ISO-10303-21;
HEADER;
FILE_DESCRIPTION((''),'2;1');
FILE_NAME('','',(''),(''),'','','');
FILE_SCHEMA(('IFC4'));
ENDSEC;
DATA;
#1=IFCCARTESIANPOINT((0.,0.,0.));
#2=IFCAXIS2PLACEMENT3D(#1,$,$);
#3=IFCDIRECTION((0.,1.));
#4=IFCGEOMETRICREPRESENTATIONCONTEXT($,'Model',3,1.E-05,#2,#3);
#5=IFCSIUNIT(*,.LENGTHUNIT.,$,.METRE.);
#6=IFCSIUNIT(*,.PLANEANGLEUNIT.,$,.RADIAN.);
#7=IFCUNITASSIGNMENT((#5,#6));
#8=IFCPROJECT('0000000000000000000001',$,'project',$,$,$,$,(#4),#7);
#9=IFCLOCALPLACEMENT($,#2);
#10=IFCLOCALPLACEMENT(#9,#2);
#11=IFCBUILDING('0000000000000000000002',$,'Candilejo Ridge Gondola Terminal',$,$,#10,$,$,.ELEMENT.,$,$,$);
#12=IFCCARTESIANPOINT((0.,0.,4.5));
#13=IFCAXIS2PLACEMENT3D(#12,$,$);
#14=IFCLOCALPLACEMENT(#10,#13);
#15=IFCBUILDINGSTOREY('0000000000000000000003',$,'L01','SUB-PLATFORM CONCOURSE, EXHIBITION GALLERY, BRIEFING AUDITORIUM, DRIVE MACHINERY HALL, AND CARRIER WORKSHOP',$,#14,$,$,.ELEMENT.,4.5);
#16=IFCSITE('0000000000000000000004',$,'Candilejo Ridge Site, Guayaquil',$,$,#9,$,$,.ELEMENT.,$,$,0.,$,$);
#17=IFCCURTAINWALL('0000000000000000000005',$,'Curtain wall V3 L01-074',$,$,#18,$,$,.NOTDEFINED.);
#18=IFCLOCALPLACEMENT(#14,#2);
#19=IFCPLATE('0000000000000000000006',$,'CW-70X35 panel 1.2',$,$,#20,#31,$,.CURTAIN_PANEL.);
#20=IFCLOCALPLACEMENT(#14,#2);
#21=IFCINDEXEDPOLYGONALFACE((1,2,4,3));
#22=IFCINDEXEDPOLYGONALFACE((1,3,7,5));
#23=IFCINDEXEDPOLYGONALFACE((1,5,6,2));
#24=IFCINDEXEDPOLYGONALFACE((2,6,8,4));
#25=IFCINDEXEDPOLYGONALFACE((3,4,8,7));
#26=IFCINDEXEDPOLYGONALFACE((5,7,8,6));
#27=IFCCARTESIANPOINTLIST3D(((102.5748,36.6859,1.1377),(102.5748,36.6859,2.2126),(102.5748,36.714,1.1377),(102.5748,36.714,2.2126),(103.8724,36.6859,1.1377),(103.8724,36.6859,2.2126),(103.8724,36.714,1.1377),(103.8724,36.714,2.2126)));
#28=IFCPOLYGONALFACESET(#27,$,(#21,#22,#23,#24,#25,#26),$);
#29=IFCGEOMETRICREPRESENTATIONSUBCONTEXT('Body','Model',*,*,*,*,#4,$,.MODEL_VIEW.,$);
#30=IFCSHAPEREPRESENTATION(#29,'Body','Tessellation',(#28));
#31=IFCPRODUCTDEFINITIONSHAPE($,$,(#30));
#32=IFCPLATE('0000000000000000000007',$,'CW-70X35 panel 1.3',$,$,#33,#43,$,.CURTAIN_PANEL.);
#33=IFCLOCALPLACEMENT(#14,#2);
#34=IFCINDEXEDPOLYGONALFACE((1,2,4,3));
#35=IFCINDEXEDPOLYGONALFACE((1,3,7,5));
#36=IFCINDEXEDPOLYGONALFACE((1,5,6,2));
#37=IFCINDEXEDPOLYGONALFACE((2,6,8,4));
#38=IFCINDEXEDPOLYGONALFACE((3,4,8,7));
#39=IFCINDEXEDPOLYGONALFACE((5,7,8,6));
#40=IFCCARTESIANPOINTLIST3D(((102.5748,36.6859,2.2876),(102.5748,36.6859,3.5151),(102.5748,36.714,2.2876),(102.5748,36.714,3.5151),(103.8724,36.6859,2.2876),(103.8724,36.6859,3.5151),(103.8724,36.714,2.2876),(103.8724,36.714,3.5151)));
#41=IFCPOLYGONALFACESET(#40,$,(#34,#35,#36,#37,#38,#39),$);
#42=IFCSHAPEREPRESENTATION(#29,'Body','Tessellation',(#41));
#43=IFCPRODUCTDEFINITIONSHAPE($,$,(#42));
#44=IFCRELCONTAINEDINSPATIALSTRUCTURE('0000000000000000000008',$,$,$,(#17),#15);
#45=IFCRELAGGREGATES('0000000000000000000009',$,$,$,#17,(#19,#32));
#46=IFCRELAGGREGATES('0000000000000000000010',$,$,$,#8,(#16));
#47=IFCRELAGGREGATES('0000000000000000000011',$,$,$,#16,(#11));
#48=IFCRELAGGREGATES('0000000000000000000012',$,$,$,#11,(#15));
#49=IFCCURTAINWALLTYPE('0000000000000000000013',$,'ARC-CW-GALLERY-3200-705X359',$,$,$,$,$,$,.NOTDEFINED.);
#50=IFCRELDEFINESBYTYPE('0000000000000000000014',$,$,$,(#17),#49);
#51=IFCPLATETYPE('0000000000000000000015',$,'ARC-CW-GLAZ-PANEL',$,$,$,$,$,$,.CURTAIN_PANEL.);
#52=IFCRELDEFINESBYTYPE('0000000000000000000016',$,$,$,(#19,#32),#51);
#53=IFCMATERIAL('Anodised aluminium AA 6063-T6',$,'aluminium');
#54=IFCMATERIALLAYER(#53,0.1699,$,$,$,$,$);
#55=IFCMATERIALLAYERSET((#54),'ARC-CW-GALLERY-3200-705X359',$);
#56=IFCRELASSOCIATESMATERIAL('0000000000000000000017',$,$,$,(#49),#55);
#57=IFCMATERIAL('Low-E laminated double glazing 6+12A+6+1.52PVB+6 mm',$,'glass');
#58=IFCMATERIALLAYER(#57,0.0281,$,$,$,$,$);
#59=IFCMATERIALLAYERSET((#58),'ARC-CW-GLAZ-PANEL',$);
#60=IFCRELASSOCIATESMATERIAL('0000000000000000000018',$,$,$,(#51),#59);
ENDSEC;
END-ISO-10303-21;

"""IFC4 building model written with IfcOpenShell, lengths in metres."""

from ifc_helpers import new_model, si_unit, direction, frame, origin, origin_2d, place, context, subcontext, project, spatial, rectangle, extrude, material, layer, layer_set, type_object, element, aggregate, save


model = new_model("IFC4")

# Units and contexts
model_context = context("Model", 3, precision=1e-05, world=origin(), true_north=direction((0.0, 1.0)))
body_context = subcontext(model_context, "Body", "Model", "MODEL_VIEW")
ifc_project = project(units=[si_unit("LENGTHUNIT", "METRE"), si_unit("PLANEANGLEUNIT", "RADIAN")], contexts=[model_context])

# Site, building, storey
site_placement = place(None, origin())
site = spatial("IfcSite", under=ifc_project, at=site_placement, Name="Candilejo Ridge Site, Guayaquil", CompositionType="ELEMENT", RefElevation=0.0)
building_placement = place(site_placement, origin())
building = spatial("IfcBuilding", under=site, at=building_placement, Name="Candilejo Ridge Gondola Terminal", CompositionType="ELEMENT")
storey_placement = place(building_placement, frame((0.0, 0.0, 4.5)))
storey = spatial("IfcBuildingStorey", under=building, at=storey_placement, Name="L01", Description="SUB-PLATFORM CONCOURSE, EXHIBITION GALLERY, BRIEFING AUDITORIUM, DRIVE MACHINERY HALL, AND CARRIER WORKSHOP", CompositionType="ELEMENT", Elevation=4.5)

# Curtain wall
ifc_material_1 = material(Name="Anodised aluminium AA 6063-T6", Category="aluminium")
ifc_layer_1 = layer(ifc_material_1, 0.1699)
ifc_layer_set_1 = layer_set([ifc_layer_1], Name="ARC-CW-GALLERY-3200-705X359")
curtain_wall_type_1 = type_object("IfcCurtainWallType", Name="ARC-CW-GALLERY-3200-705X359", PredefinedType="NOTDEFINED", material=ifc_layer_set_1)
curtain_wall_1_placement = place(storey_placement, origin())
curtain_wall_1 = element("IfcCurtainWall", 1, at=curtain_wall_1_placement, inside=storey, type_object=curtain_wall_type_1, Name="Curtain wall V3 L01-074", PredefinedType="NOTDEFINED")

# Plates
ifc_material_2 = material(Name="Low-E laminated double glazing 6+12A+6+1.52PVB+6 mm", Category="glass")
ifc_layer_2 = layer(ifc_material_2, 0.0281)
ifc_layer_set_2 = layer_set([ifc_layer_2], Name="ARC-CW-GLAZ-PANEL")
plate_type = type_object("IfcPlateType", Name="ARC-CW-GLAZ-PANEL", PredefinedType="CURTAIN_PANEL", material=ifc_layer_set_2)
plate_1_placement = place(storey_placement, frame((103.2236, 36.7, 1.1377), z_axis=(0.0, 0.0, 1.0), x_axis=(1.0, 0.0, 0.0)))
plate_1 = element("IfcPlate", 2, at=plate_1_placement, type_object=plate_type, Name="CW-70X35 panel 1.2", PredefinedType="CURTAIN_PANEL", context=body_context, shape_type="SweptSolid", body=[
    extrude(rectangle(XDim=1.2976, YDim=0.0281, at=origin_2d()), origin(), (0.0, 0.0, 1.0), 1.075),
])
plate_2_placement = place(storey_placement, frame((103.2236, 36.7, 2.2876), z_axis=(0.0, 0.0, 1.0), x_axis=(1.0, 0.0, 0.0)))
plate_2 = element("IfcPlate", 3, at=plate_2_placement, type_object=plate_type, Name="CW-70X35 panel 1.3", PredefinedType="CURTAIN_PANEL", context=body_context, shape_type="SweptSolid", body=[
    extrude(rectangle(XDim=1.2976, YDim=0.0281, at=origin_2d()), origin(), (0.0, 0.0, 1.0), 1.2275),
])
aggregate(curtain_wall_1, [plate_1, plate_2])

save(model, "model.ifc")
